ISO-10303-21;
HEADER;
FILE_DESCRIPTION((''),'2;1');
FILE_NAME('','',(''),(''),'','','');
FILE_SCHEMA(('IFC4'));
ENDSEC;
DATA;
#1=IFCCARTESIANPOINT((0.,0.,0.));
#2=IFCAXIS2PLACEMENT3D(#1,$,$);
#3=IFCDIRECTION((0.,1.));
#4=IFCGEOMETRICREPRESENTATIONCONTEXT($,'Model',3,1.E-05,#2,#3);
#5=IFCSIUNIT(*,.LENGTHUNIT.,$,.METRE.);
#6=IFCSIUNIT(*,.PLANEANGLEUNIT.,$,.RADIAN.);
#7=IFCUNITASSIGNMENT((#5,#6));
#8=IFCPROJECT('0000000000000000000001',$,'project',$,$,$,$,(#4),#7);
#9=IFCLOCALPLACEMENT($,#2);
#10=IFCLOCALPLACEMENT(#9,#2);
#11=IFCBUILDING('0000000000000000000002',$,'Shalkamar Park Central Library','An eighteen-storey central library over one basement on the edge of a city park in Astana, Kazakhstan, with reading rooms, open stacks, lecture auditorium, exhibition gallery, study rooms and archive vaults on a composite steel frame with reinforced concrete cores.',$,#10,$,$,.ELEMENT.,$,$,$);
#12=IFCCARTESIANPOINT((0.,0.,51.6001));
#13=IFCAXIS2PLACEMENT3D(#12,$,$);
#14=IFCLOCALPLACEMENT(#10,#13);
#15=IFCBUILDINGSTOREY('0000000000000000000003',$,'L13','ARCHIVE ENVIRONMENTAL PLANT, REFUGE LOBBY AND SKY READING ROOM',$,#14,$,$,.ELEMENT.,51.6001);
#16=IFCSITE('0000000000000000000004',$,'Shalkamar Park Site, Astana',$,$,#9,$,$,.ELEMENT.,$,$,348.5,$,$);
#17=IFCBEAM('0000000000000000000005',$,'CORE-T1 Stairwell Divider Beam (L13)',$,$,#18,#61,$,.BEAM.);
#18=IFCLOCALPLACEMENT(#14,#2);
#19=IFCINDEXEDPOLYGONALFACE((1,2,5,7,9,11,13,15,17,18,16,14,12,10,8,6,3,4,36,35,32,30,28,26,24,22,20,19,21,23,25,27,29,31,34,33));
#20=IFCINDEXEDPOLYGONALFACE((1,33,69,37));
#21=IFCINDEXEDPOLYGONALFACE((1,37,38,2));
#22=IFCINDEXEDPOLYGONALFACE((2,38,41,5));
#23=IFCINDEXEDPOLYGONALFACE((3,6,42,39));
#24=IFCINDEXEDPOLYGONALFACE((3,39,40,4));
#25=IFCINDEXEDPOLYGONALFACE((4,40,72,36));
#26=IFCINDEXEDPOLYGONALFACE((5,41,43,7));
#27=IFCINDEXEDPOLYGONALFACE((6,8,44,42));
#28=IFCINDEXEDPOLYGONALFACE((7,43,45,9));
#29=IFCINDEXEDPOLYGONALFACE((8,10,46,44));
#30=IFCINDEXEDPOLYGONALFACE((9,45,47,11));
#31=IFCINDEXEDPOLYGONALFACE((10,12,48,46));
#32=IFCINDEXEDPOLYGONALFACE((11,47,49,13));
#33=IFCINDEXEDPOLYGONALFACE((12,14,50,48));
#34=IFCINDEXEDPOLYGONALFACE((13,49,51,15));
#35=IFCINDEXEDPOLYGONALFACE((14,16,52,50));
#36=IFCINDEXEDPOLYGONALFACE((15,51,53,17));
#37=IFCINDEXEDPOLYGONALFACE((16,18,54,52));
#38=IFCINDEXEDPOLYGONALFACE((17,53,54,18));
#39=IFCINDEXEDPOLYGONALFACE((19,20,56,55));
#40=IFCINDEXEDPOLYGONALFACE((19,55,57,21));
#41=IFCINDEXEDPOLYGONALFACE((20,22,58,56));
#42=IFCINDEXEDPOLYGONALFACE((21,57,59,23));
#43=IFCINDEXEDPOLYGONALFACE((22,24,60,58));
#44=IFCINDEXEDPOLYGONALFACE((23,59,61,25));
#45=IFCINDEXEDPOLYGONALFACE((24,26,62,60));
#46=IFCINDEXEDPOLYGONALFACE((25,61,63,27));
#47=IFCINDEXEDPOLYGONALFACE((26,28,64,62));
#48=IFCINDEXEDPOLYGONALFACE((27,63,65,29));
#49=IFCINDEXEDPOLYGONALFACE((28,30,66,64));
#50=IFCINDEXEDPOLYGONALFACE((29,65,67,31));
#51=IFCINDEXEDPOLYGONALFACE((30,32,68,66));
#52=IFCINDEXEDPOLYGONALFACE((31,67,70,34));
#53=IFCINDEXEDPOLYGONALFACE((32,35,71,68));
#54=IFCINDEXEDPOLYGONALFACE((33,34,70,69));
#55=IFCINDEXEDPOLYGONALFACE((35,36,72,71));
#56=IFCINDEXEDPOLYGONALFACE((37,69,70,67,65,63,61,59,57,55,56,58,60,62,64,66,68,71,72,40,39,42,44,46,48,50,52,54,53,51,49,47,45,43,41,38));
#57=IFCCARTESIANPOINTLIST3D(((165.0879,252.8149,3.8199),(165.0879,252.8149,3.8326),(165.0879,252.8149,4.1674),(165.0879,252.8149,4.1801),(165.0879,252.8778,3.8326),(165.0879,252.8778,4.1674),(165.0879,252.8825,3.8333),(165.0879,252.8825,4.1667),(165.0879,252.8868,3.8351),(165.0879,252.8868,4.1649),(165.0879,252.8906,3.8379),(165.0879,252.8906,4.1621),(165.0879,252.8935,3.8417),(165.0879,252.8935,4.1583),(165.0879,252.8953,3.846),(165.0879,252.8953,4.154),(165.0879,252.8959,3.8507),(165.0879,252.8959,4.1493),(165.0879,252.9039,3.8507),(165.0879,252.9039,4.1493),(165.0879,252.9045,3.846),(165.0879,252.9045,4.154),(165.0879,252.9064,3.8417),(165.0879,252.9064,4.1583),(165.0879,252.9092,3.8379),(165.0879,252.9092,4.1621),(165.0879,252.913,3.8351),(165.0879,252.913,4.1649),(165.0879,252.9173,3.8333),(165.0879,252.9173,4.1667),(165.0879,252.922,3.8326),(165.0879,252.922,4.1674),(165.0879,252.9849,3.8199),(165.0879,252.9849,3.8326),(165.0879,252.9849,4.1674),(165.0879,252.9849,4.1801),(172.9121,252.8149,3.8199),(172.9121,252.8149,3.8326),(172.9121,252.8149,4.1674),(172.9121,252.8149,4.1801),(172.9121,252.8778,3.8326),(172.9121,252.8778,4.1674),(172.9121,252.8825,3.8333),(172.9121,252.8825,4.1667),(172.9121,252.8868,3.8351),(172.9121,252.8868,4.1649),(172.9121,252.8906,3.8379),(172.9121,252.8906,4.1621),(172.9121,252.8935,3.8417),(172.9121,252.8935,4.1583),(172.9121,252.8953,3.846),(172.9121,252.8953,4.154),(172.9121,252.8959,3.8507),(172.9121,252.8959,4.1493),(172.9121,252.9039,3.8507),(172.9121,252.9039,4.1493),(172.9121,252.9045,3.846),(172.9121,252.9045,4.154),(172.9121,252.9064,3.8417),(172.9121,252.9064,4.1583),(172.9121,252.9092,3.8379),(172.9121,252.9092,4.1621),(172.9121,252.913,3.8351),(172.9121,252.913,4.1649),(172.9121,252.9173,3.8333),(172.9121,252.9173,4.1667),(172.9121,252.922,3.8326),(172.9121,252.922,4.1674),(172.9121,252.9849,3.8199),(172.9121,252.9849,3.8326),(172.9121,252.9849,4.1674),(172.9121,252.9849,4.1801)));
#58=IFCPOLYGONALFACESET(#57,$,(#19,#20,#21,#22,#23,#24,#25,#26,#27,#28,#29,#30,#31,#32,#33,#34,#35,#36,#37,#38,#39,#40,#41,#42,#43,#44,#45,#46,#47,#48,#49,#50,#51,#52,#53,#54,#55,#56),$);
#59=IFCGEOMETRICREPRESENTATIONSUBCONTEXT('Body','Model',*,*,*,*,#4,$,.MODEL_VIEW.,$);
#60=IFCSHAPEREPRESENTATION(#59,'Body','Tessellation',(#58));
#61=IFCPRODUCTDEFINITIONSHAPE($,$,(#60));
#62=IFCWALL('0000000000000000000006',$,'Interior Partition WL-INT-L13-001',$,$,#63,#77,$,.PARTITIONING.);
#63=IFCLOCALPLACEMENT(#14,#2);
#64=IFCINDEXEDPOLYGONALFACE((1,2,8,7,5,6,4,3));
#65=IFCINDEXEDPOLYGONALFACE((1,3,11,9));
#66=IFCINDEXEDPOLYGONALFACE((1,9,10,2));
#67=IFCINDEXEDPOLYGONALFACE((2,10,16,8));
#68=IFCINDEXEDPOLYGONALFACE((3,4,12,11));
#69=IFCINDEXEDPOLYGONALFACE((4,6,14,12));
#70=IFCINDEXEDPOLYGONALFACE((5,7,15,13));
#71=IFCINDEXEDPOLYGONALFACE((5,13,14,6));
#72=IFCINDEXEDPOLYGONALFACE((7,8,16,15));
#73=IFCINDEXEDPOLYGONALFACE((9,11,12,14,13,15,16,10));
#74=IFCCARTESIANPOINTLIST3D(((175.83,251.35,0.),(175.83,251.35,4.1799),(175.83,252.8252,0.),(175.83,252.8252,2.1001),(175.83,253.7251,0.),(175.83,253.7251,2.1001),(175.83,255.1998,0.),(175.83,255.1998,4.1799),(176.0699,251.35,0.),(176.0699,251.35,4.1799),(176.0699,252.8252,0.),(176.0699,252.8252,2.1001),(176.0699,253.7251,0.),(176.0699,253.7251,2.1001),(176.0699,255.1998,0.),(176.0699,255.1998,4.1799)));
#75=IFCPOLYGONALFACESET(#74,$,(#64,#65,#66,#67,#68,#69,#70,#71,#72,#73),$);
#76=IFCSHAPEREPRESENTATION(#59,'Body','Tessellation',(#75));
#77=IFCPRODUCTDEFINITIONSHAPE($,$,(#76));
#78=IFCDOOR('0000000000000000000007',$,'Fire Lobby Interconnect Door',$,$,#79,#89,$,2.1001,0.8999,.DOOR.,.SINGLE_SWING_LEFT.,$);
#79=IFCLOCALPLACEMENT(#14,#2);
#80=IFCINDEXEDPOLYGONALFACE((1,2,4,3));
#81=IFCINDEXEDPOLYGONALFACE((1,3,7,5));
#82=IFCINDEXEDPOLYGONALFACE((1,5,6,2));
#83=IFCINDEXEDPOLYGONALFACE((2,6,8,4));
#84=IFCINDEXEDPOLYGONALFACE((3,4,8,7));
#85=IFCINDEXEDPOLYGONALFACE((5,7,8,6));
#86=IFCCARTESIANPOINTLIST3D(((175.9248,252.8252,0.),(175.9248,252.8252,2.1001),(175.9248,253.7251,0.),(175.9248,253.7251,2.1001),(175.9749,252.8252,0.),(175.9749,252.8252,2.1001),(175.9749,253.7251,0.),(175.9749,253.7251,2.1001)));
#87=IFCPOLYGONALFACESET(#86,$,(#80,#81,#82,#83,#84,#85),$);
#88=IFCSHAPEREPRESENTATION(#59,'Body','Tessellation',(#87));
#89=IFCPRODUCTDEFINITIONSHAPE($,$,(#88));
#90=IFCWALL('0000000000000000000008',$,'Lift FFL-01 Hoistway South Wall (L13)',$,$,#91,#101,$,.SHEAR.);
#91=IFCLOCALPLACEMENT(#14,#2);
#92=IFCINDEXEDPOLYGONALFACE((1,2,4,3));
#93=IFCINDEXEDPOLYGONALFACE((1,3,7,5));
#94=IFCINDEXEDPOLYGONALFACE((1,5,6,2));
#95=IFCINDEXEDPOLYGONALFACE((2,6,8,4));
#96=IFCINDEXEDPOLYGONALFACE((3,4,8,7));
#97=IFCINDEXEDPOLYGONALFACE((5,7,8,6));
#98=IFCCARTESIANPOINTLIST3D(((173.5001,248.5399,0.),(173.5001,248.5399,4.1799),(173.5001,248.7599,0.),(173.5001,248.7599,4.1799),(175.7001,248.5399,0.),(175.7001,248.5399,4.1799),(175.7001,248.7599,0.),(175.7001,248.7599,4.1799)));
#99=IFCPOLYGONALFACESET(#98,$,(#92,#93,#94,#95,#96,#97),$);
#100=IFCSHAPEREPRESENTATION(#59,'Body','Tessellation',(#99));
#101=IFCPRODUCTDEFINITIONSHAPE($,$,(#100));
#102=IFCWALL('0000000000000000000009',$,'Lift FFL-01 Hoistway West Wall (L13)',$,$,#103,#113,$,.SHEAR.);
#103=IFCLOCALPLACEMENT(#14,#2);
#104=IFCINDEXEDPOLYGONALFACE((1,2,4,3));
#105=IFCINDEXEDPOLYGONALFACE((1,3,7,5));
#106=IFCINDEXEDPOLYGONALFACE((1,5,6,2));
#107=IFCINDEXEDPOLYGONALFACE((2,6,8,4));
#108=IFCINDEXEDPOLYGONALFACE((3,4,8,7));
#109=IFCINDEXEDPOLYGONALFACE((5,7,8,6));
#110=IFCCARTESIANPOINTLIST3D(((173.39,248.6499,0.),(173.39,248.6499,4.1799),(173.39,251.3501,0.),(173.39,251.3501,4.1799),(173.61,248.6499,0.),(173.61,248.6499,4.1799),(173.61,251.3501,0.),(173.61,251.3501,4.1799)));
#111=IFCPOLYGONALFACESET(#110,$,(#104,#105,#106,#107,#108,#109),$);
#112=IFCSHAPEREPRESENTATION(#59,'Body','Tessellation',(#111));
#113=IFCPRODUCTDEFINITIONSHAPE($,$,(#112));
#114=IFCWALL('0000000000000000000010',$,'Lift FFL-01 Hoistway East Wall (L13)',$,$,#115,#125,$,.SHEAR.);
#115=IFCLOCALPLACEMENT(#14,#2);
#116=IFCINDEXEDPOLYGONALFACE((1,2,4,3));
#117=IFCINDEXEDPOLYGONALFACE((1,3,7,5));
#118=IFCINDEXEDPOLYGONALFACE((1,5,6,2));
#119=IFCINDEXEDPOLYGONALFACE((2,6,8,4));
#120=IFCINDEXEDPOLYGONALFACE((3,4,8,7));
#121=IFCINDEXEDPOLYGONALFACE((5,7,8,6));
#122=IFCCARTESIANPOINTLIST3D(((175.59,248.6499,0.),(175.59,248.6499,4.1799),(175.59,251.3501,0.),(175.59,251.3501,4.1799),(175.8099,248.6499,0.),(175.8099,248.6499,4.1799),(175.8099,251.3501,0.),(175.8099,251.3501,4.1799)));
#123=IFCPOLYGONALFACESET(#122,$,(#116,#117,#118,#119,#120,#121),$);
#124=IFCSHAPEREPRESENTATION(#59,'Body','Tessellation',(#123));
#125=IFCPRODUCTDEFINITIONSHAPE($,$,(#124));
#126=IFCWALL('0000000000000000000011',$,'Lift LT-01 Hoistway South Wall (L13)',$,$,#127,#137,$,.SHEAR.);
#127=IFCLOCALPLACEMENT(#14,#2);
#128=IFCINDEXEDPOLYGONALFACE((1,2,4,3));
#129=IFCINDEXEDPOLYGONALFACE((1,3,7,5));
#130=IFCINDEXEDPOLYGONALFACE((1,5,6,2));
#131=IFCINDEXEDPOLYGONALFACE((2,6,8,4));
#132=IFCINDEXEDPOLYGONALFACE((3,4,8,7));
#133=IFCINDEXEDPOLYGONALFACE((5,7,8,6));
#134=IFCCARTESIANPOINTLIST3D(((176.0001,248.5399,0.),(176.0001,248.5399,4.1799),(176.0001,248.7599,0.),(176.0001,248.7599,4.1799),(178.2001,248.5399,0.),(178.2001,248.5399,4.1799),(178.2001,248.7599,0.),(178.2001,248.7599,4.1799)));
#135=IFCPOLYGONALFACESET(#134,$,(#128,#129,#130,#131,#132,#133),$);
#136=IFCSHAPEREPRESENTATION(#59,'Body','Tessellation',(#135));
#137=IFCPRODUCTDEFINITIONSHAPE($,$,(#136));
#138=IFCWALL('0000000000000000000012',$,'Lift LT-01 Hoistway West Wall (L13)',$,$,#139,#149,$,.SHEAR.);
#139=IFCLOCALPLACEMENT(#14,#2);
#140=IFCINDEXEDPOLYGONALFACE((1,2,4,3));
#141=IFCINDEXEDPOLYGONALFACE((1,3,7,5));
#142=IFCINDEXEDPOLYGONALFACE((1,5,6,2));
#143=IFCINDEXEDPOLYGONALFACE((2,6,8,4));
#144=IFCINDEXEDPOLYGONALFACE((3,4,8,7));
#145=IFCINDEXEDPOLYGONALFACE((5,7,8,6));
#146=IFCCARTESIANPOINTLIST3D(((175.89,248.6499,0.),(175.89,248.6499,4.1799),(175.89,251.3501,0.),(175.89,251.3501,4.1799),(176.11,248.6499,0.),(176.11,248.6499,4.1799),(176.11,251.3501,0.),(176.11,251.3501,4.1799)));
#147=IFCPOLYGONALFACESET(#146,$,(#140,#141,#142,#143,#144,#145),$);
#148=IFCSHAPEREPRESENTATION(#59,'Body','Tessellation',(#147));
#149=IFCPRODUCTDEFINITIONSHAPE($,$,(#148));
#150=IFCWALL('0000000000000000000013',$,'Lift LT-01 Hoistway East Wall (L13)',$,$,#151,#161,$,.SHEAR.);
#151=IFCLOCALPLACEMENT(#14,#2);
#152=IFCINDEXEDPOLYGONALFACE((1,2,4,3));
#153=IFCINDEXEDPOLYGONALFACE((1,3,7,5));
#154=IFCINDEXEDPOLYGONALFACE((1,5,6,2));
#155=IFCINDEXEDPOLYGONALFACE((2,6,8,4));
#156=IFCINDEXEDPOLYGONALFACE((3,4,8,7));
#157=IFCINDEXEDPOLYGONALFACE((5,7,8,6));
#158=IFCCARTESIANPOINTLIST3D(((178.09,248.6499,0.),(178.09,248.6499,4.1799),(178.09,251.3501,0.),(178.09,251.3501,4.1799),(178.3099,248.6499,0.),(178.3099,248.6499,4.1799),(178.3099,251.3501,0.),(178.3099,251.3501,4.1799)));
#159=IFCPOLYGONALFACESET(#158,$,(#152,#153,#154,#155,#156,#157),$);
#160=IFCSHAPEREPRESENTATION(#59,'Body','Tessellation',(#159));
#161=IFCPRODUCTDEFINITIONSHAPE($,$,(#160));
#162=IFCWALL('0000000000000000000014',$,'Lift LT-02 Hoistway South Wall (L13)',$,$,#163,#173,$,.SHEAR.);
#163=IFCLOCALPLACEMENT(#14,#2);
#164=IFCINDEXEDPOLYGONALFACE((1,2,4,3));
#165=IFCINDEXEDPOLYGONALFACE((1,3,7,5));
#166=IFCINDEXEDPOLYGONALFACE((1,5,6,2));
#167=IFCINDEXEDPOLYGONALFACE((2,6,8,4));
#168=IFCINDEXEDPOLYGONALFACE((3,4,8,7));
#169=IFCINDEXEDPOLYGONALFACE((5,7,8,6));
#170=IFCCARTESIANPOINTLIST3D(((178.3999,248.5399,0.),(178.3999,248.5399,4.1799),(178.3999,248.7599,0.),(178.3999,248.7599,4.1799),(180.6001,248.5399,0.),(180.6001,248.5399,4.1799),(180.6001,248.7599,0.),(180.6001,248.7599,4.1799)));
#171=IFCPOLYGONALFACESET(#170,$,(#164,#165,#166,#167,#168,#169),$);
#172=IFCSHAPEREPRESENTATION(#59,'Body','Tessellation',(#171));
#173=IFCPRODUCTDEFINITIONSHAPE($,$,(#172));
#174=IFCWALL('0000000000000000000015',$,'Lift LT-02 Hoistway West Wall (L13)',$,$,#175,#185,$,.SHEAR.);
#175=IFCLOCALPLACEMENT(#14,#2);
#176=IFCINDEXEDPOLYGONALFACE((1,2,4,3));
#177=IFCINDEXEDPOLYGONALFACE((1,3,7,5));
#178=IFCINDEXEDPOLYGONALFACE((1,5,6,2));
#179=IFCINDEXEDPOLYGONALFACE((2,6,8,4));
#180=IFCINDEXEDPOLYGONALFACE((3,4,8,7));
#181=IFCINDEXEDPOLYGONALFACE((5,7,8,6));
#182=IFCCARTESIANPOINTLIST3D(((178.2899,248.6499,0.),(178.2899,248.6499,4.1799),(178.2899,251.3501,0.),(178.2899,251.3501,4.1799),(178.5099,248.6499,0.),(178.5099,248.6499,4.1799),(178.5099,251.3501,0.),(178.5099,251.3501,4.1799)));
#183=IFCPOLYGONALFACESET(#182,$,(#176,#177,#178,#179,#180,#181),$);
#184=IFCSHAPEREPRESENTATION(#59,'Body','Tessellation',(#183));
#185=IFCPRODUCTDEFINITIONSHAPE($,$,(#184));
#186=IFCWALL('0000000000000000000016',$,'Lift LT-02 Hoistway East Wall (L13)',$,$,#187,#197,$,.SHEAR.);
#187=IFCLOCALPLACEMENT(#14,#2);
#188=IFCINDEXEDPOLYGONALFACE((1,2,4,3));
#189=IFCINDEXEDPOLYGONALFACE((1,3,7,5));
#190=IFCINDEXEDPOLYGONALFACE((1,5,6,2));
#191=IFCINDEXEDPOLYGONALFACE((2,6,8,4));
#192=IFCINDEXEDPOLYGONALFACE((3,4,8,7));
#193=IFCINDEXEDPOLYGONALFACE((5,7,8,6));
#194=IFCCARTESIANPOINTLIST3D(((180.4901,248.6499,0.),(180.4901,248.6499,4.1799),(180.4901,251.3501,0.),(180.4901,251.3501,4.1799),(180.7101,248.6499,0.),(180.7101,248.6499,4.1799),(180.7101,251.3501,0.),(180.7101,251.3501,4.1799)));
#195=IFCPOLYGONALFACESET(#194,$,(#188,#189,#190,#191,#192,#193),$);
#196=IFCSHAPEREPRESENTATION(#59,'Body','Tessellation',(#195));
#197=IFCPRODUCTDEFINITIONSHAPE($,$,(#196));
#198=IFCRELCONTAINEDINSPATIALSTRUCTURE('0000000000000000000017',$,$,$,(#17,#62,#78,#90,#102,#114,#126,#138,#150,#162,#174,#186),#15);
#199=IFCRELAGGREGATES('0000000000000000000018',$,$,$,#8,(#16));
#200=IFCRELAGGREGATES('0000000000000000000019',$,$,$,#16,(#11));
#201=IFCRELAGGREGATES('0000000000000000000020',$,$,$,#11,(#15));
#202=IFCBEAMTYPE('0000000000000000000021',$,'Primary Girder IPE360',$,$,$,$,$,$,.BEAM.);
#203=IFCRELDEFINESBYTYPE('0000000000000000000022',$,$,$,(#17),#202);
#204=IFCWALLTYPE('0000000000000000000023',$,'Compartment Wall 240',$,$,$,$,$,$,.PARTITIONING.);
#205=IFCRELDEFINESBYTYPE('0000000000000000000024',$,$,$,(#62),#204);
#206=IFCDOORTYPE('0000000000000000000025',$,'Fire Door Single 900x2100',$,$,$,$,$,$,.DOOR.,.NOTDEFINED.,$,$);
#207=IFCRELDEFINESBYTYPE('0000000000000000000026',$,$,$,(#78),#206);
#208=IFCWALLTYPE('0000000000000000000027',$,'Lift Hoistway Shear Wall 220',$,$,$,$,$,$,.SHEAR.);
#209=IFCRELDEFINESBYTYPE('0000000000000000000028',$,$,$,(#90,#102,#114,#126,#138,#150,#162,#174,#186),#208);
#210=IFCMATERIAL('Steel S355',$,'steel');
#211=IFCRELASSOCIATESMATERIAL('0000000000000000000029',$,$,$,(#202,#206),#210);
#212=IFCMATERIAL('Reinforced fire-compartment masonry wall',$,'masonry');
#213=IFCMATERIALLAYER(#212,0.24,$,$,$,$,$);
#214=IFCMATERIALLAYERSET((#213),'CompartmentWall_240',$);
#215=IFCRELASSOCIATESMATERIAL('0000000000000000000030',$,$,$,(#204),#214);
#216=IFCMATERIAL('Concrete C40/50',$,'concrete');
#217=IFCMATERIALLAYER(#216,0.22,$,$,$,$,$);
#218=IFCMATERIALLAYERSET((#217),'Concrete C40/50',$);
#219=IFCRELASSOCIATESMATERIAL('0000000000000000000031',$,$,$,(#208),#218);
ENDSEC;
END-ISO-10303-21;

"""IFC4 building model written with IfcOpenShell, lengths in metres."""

from ifc_helpers import new_model, si_unit, direction, frame, frame_2d, origin, origin_2d, place, context, subcontext, project, spatial, rectangle, i_section, extrude, material, layer, layer_set, material_profile, profile_set, type_object, element, fill, save


model = new_model("IFC4")

# Units and contexts
model_context = context("Model", 3, precision=1e-05, world=origin(), true_north=direction((0.0, 1.0)))
body_context = subcontext(model_context, "Body", "Model", "MODEL_VIEW")
ifc_project = project(units=[si_unit("LENGTHUNIT", "METRE"), si_unit("PLANEANGLEUNIT", "RADIAN")], contexts=[model_context])

# Site, building, storey
site_placement = place(None, origin())
site = spatial("IfcSite", under=ifc_project, at=site_placement, Name="Shalkamar Park Site, Astana", CompositionType="ELEMENT", RefElevation=348.5)
building_placement = place(site_placement, origin())
building = spatial("IfcBuilding", under=site, at=building_placement, Name="Shalkamar Park Central Library", Description="An eighteen-storey central library over one basement on the edge of a city park in Astana, Kazakhstan, with reading rooms, open stacks, lecture auditorium, exhibition gallery, study rooms and archive vaults on a composite steel frame with reinforced concrete cores.", CompositionType="ELEMENT")
storey_placement = place(building_placement, frame((0.0, 0.0, 51.6001)))
storey = spatial("IfcBuildingStorey", under=building, at=storey_placement, Name="L13", Description="ARCHIVE ENVIRONMENTAL PLANT, REFUGE LOBBY AND SKY READING ROOM", CompositionType="ELEMENT", Elevation=51.6001)

# Shared definitions
ifc_material_1 = material(Name="Steel S355", Category="steel")

# Beam
ifc_material_profile_1 = material_profile(ifc_material_1, i_section(OverallWidth=0.1699, OverallDepth=0.3601, WebThickness=0.0081, FlangeThickness=0.0127, FilletRadius=0.0181, at=origin_2d()), Name="IPE 360")
ifc_profile_set_1 = profile_set([ifc_material_profile_1], Name="Steel S355")
beam_type_1 = type_object("IfcBeamType", Name="Primary Girder IPE360", PredefinedType="BEAM", material=ifc_profile_set_1)
beam_1_placement = place(storey_placement, frame((165.0879, 252.8999, 4.0), z_axis=(1.0, 0.0, 0.0), x_axis=(0.0, 1.0, 0.0)))
element("IfcBeam", 1, at=beam_1_placement, inside=storey, type_object=beam_type_1, Name="CORE-T1 Stairwell Divider Beam (L13)", PredefinedType="BEAM", context=body_context, shape_type="SweptSolid", body=[
    extrude(i_section(OverallWidth=0.1699, OverallDepth=0.3601, WebThickness=0.0081, FlangeThickness=0.0127, FilletRadius=0.0181, at=origin_2d()), origin(), (0.0, 0.0, 1.0), 7.8242),
])

# Wall, opening, door
ifc_material_2 = material(Name="Reinforced fire-compartment masonry wall", Category="masonry")
ifc_layer_1 = layer(ifc_material_2, 0.24)
ifc_layer_set_1 = layer_set([ifc_layer_1], Name="CompartmentWall_240")
wall_type_1 = type_object("IfcWallType", Name="Compartment Wall 240", PredefinedType="PARTITIONING", material=ifc_layer_set_1)
wall_1_placement = place(storey_placement, frame((175.95, 251.3501, 0.0), z_axis=(0.0, 0.0, 1.0), x_axis=(0.0, 1.0, 0.0)))
wall_1 = element("IfcWall", 2, at=wall_1_placement, inside=storey, type_object=wall_type_1, Name="Interior Partition WL-INT-L13-001", PredefinedType="PARTITIONING", context=body_context, shape_type="SweptSolid", body=[
    extrude(rectangle(XDim=3.8499, YDim=0.24, at=frame_2d((1.9248, 0.0))), origin(), (0.0, 0.0, 1.0), 4.1799),
])
opening_1_placement = place(wall_1_placement, frame((1.4751, 0.0, 0.0)))
opening_1 = element("IfcOpeningElement", 3, at=opening_1_placement, cuts=wall_1, PredefinedType="OPENING", context=body_context, shape_type="SweptSolid", body=[
    extrude(rectangle(XDim=0.8999, YDim=2.1001, at=frame_2d((0.45, 1.05))), frame((0.0, 0.1348, 0.0), z_axis=(0.0, -1.0, 0.0), x_axis=(1.0, 0.0, 0.0)), (0.0, 0.0, 1.0), 0.2698),
])
door_type_1 = type_object("IfcDoorType", Name="Fire Door Single 900x2100", OperationType="NOTDEFINED", PredefinedType="DOOR", material=ifc_material_1)
door_1_placement = place(opening_1_placement, frame((0.8999, 0.0, 0.0), z_axis=(0.0, 0.0, 1.0), x_axis=(-1.0, 0.0, 0.0)))
door_1 = element("IfcDoor", 4, at=door_1_placement, inside=storey, type_object=door_type_1, Name="Fire Lobby Interconnect Door", OperationType="SINGLE_SWING_LEFT", OverallHeight=2.1001, OverallWidth=0.8999, PredefinedType="DOOR", context=body_context, shape_type="SweptSolid", body=[
    extrude(rectangle(XDim=0.8999, YDim=2.1001, at=frame_2d((0.45, 1.05))), frame((0.0, 0.0249, 0.0), z_axis=(0.0, -1.0, 0.0), x_axis=(1.0, 0.0, 0.0)), (0.0, 0.0, 1.0), 0.05),
])
fill(opening_1, door_1)

# Walls
ifc_material_3 = material(Name="Concrete C40/50", Category="concrete")
ifc_layer_2 = layer(ifc_material_3, 0.22)
ifc_layer_set_2 = layer_set([ifc_layer_2], Name="Concrete C40/50")
wall_type_2 = type_object("IfcWallType", Name="Lift Hoistway Shear Wall 220", PredefinedType="SHEAR", material=ifc_layer_set_2)
wall_2_placement = place(storey_placement, frame((173.5, 248.6499, 0.0), z_axis=(0.0, 0.0, 1.0), x_axis=(1.0, 0.0, 0.0)))
element("IfcWall", 5, at=wall_2_placement, inside=storey, type_object=wall_type_2, Name="Lift FFL-01 Hoistway South Wall (L13)", PredefinedType="SHEAR", context=body_context, shape_type="SweptSolid", body=[
    extrude(rectangle(XDim=2.2, YDim=0.22, at=frame_2d((1.1001, 0.0))), origin(), (0.0, 0.0, 1.0), 4.1799),
])
for number, where, z_axis, x_axis, name in (
    (6, (173.5, 248.6499, 0.0), (0.0, 0.0, 1.0), (0.0, 1.0, 0.0), "Lift FFL-01 Hoistway West Wall (L13)"),
    (7, (175.7, 248.6499, 0.0), (0.0, 0.0, 1.0), (0.0, 1.0, 0.0), "Lift FFL-01 Hoistway East Wall (L13)"),
):
    element("IfcWall", number, at=place(storey_placement, frame(where, z_axis=z_axis, x_axis=x_axis)), inside=storey, type_object=wall_type_2, Name=name, PredefinedType="SHEAR", context=body_context, shape_type="SweptSolid", body=[
        extrude(rectangle(XDim=2.7002, YDim=0.22, at=frame_2d((1.3501, 0.0))), origin(), (0.0, 0.0, 1.0), 4.1799),
    ])

# Walls
wall_3_placement = place(storey_placement, frame((176.0, 248.6499, 0.0), z_axis=(0.0, 0.0, 1.0), x_axis=(1.0, 0.0, 0.0)))
element("IfcWall", 8, at=wall_3_placement, inside=storey, type_object=wall_type_2, Name="Lift LT-01 Hoistway South Wall (L13)", PredefinedType="SHEAR", context=body_context, shape_type="SweptSolid", body=[
    extrude(rectangle(XDim=2.2, YDim=0.22, at=frame_2d((1.1001, 0.0))), origin(), (0.0, 0.0, 1.0), 4.1799),
])
for number, where, z_axis, x_axis, name in (
    (9, (176.0, 248.6499, 0.0), (0.0, 0.0, 1.0), (0.0, 1.0, 0.0), "Lift LT-01 Hoistway West Wall (L13)"),
    (10, (178.2, 248.6499, 0.0), (0.0, 0.0, 1.0), (0.0, 1.0, 0.0), "Lift LT-01 Hoistway East Wall (L13)"),
):
    element("IfcWall", number, at=place(storey_placement, frame(where, z_axis=z_axis, x_axis=x_axis)), inside=storey, type_object=wall_type_2, Name=name, PredefinedType="SHEAR", context=body_context, shape_type="SweptSolid", body=[
        extrude(rectangle(XDim=2.7002, YDim=0.22, at=frame_2d((1.3501, 0.0))), origin(), (0.0, 0.0, 1.0), 4.1799),
    ])

# Walls
wall_4_placement = place(storey_placement, frame((178.3999, 248.6499, 0.0), z_axis=(0.0, 0.0, 1.0), x_axis=(1.0, 0.0, 0.0)))
element("IfcWall", 11, at=wall_4_placement, inside=storey, type_object=wall_type_2, Name="Lift LT-02 Hoistway South Wall (L13)", PredefinedType="SHEAR", context=body_context, shape_type="SweptSolid", body=[
    extrude(rectangle(XDim=2.2002, YDim=0.22, at=frame_2d((1.1001, 0.0))), origin(), (0.0, 0.0, 1.0), 4.1799),
])
for number, where, z_axis, x_axis, name in (
    (12, (178.3999, 248.6499, 0.0), (0.0, 0.0, 1.0), (0.0, 1.0, 0.0), "Lift LT-02 Hoistway West Wall (L13)"),
    (13, (180.6001, 248.6499, 0.0), (0.0, 0.0, 1.0), (0.0, 1.0, 0.0), "Lift LT-02 Hoistway East Wall (L13)"),
):
    element("IfcWall", number, at=place(storey_placement, frame(where, z_axis=z_axis, x_axis=x_axis)), inside=storey, type_object=wall_type_2, Name=name, PredefinedType="SHEAR", context=body_context, shape_type="SweptSolid", body=[
        extrude(rectangle(XDim=2.7002, YDim=0.22, at=frame_2d((1.3501, 0.0))), origin(), (0.0, 0.0, 1.0), 4.1799),
    ])

save(model, "model.ifc")
